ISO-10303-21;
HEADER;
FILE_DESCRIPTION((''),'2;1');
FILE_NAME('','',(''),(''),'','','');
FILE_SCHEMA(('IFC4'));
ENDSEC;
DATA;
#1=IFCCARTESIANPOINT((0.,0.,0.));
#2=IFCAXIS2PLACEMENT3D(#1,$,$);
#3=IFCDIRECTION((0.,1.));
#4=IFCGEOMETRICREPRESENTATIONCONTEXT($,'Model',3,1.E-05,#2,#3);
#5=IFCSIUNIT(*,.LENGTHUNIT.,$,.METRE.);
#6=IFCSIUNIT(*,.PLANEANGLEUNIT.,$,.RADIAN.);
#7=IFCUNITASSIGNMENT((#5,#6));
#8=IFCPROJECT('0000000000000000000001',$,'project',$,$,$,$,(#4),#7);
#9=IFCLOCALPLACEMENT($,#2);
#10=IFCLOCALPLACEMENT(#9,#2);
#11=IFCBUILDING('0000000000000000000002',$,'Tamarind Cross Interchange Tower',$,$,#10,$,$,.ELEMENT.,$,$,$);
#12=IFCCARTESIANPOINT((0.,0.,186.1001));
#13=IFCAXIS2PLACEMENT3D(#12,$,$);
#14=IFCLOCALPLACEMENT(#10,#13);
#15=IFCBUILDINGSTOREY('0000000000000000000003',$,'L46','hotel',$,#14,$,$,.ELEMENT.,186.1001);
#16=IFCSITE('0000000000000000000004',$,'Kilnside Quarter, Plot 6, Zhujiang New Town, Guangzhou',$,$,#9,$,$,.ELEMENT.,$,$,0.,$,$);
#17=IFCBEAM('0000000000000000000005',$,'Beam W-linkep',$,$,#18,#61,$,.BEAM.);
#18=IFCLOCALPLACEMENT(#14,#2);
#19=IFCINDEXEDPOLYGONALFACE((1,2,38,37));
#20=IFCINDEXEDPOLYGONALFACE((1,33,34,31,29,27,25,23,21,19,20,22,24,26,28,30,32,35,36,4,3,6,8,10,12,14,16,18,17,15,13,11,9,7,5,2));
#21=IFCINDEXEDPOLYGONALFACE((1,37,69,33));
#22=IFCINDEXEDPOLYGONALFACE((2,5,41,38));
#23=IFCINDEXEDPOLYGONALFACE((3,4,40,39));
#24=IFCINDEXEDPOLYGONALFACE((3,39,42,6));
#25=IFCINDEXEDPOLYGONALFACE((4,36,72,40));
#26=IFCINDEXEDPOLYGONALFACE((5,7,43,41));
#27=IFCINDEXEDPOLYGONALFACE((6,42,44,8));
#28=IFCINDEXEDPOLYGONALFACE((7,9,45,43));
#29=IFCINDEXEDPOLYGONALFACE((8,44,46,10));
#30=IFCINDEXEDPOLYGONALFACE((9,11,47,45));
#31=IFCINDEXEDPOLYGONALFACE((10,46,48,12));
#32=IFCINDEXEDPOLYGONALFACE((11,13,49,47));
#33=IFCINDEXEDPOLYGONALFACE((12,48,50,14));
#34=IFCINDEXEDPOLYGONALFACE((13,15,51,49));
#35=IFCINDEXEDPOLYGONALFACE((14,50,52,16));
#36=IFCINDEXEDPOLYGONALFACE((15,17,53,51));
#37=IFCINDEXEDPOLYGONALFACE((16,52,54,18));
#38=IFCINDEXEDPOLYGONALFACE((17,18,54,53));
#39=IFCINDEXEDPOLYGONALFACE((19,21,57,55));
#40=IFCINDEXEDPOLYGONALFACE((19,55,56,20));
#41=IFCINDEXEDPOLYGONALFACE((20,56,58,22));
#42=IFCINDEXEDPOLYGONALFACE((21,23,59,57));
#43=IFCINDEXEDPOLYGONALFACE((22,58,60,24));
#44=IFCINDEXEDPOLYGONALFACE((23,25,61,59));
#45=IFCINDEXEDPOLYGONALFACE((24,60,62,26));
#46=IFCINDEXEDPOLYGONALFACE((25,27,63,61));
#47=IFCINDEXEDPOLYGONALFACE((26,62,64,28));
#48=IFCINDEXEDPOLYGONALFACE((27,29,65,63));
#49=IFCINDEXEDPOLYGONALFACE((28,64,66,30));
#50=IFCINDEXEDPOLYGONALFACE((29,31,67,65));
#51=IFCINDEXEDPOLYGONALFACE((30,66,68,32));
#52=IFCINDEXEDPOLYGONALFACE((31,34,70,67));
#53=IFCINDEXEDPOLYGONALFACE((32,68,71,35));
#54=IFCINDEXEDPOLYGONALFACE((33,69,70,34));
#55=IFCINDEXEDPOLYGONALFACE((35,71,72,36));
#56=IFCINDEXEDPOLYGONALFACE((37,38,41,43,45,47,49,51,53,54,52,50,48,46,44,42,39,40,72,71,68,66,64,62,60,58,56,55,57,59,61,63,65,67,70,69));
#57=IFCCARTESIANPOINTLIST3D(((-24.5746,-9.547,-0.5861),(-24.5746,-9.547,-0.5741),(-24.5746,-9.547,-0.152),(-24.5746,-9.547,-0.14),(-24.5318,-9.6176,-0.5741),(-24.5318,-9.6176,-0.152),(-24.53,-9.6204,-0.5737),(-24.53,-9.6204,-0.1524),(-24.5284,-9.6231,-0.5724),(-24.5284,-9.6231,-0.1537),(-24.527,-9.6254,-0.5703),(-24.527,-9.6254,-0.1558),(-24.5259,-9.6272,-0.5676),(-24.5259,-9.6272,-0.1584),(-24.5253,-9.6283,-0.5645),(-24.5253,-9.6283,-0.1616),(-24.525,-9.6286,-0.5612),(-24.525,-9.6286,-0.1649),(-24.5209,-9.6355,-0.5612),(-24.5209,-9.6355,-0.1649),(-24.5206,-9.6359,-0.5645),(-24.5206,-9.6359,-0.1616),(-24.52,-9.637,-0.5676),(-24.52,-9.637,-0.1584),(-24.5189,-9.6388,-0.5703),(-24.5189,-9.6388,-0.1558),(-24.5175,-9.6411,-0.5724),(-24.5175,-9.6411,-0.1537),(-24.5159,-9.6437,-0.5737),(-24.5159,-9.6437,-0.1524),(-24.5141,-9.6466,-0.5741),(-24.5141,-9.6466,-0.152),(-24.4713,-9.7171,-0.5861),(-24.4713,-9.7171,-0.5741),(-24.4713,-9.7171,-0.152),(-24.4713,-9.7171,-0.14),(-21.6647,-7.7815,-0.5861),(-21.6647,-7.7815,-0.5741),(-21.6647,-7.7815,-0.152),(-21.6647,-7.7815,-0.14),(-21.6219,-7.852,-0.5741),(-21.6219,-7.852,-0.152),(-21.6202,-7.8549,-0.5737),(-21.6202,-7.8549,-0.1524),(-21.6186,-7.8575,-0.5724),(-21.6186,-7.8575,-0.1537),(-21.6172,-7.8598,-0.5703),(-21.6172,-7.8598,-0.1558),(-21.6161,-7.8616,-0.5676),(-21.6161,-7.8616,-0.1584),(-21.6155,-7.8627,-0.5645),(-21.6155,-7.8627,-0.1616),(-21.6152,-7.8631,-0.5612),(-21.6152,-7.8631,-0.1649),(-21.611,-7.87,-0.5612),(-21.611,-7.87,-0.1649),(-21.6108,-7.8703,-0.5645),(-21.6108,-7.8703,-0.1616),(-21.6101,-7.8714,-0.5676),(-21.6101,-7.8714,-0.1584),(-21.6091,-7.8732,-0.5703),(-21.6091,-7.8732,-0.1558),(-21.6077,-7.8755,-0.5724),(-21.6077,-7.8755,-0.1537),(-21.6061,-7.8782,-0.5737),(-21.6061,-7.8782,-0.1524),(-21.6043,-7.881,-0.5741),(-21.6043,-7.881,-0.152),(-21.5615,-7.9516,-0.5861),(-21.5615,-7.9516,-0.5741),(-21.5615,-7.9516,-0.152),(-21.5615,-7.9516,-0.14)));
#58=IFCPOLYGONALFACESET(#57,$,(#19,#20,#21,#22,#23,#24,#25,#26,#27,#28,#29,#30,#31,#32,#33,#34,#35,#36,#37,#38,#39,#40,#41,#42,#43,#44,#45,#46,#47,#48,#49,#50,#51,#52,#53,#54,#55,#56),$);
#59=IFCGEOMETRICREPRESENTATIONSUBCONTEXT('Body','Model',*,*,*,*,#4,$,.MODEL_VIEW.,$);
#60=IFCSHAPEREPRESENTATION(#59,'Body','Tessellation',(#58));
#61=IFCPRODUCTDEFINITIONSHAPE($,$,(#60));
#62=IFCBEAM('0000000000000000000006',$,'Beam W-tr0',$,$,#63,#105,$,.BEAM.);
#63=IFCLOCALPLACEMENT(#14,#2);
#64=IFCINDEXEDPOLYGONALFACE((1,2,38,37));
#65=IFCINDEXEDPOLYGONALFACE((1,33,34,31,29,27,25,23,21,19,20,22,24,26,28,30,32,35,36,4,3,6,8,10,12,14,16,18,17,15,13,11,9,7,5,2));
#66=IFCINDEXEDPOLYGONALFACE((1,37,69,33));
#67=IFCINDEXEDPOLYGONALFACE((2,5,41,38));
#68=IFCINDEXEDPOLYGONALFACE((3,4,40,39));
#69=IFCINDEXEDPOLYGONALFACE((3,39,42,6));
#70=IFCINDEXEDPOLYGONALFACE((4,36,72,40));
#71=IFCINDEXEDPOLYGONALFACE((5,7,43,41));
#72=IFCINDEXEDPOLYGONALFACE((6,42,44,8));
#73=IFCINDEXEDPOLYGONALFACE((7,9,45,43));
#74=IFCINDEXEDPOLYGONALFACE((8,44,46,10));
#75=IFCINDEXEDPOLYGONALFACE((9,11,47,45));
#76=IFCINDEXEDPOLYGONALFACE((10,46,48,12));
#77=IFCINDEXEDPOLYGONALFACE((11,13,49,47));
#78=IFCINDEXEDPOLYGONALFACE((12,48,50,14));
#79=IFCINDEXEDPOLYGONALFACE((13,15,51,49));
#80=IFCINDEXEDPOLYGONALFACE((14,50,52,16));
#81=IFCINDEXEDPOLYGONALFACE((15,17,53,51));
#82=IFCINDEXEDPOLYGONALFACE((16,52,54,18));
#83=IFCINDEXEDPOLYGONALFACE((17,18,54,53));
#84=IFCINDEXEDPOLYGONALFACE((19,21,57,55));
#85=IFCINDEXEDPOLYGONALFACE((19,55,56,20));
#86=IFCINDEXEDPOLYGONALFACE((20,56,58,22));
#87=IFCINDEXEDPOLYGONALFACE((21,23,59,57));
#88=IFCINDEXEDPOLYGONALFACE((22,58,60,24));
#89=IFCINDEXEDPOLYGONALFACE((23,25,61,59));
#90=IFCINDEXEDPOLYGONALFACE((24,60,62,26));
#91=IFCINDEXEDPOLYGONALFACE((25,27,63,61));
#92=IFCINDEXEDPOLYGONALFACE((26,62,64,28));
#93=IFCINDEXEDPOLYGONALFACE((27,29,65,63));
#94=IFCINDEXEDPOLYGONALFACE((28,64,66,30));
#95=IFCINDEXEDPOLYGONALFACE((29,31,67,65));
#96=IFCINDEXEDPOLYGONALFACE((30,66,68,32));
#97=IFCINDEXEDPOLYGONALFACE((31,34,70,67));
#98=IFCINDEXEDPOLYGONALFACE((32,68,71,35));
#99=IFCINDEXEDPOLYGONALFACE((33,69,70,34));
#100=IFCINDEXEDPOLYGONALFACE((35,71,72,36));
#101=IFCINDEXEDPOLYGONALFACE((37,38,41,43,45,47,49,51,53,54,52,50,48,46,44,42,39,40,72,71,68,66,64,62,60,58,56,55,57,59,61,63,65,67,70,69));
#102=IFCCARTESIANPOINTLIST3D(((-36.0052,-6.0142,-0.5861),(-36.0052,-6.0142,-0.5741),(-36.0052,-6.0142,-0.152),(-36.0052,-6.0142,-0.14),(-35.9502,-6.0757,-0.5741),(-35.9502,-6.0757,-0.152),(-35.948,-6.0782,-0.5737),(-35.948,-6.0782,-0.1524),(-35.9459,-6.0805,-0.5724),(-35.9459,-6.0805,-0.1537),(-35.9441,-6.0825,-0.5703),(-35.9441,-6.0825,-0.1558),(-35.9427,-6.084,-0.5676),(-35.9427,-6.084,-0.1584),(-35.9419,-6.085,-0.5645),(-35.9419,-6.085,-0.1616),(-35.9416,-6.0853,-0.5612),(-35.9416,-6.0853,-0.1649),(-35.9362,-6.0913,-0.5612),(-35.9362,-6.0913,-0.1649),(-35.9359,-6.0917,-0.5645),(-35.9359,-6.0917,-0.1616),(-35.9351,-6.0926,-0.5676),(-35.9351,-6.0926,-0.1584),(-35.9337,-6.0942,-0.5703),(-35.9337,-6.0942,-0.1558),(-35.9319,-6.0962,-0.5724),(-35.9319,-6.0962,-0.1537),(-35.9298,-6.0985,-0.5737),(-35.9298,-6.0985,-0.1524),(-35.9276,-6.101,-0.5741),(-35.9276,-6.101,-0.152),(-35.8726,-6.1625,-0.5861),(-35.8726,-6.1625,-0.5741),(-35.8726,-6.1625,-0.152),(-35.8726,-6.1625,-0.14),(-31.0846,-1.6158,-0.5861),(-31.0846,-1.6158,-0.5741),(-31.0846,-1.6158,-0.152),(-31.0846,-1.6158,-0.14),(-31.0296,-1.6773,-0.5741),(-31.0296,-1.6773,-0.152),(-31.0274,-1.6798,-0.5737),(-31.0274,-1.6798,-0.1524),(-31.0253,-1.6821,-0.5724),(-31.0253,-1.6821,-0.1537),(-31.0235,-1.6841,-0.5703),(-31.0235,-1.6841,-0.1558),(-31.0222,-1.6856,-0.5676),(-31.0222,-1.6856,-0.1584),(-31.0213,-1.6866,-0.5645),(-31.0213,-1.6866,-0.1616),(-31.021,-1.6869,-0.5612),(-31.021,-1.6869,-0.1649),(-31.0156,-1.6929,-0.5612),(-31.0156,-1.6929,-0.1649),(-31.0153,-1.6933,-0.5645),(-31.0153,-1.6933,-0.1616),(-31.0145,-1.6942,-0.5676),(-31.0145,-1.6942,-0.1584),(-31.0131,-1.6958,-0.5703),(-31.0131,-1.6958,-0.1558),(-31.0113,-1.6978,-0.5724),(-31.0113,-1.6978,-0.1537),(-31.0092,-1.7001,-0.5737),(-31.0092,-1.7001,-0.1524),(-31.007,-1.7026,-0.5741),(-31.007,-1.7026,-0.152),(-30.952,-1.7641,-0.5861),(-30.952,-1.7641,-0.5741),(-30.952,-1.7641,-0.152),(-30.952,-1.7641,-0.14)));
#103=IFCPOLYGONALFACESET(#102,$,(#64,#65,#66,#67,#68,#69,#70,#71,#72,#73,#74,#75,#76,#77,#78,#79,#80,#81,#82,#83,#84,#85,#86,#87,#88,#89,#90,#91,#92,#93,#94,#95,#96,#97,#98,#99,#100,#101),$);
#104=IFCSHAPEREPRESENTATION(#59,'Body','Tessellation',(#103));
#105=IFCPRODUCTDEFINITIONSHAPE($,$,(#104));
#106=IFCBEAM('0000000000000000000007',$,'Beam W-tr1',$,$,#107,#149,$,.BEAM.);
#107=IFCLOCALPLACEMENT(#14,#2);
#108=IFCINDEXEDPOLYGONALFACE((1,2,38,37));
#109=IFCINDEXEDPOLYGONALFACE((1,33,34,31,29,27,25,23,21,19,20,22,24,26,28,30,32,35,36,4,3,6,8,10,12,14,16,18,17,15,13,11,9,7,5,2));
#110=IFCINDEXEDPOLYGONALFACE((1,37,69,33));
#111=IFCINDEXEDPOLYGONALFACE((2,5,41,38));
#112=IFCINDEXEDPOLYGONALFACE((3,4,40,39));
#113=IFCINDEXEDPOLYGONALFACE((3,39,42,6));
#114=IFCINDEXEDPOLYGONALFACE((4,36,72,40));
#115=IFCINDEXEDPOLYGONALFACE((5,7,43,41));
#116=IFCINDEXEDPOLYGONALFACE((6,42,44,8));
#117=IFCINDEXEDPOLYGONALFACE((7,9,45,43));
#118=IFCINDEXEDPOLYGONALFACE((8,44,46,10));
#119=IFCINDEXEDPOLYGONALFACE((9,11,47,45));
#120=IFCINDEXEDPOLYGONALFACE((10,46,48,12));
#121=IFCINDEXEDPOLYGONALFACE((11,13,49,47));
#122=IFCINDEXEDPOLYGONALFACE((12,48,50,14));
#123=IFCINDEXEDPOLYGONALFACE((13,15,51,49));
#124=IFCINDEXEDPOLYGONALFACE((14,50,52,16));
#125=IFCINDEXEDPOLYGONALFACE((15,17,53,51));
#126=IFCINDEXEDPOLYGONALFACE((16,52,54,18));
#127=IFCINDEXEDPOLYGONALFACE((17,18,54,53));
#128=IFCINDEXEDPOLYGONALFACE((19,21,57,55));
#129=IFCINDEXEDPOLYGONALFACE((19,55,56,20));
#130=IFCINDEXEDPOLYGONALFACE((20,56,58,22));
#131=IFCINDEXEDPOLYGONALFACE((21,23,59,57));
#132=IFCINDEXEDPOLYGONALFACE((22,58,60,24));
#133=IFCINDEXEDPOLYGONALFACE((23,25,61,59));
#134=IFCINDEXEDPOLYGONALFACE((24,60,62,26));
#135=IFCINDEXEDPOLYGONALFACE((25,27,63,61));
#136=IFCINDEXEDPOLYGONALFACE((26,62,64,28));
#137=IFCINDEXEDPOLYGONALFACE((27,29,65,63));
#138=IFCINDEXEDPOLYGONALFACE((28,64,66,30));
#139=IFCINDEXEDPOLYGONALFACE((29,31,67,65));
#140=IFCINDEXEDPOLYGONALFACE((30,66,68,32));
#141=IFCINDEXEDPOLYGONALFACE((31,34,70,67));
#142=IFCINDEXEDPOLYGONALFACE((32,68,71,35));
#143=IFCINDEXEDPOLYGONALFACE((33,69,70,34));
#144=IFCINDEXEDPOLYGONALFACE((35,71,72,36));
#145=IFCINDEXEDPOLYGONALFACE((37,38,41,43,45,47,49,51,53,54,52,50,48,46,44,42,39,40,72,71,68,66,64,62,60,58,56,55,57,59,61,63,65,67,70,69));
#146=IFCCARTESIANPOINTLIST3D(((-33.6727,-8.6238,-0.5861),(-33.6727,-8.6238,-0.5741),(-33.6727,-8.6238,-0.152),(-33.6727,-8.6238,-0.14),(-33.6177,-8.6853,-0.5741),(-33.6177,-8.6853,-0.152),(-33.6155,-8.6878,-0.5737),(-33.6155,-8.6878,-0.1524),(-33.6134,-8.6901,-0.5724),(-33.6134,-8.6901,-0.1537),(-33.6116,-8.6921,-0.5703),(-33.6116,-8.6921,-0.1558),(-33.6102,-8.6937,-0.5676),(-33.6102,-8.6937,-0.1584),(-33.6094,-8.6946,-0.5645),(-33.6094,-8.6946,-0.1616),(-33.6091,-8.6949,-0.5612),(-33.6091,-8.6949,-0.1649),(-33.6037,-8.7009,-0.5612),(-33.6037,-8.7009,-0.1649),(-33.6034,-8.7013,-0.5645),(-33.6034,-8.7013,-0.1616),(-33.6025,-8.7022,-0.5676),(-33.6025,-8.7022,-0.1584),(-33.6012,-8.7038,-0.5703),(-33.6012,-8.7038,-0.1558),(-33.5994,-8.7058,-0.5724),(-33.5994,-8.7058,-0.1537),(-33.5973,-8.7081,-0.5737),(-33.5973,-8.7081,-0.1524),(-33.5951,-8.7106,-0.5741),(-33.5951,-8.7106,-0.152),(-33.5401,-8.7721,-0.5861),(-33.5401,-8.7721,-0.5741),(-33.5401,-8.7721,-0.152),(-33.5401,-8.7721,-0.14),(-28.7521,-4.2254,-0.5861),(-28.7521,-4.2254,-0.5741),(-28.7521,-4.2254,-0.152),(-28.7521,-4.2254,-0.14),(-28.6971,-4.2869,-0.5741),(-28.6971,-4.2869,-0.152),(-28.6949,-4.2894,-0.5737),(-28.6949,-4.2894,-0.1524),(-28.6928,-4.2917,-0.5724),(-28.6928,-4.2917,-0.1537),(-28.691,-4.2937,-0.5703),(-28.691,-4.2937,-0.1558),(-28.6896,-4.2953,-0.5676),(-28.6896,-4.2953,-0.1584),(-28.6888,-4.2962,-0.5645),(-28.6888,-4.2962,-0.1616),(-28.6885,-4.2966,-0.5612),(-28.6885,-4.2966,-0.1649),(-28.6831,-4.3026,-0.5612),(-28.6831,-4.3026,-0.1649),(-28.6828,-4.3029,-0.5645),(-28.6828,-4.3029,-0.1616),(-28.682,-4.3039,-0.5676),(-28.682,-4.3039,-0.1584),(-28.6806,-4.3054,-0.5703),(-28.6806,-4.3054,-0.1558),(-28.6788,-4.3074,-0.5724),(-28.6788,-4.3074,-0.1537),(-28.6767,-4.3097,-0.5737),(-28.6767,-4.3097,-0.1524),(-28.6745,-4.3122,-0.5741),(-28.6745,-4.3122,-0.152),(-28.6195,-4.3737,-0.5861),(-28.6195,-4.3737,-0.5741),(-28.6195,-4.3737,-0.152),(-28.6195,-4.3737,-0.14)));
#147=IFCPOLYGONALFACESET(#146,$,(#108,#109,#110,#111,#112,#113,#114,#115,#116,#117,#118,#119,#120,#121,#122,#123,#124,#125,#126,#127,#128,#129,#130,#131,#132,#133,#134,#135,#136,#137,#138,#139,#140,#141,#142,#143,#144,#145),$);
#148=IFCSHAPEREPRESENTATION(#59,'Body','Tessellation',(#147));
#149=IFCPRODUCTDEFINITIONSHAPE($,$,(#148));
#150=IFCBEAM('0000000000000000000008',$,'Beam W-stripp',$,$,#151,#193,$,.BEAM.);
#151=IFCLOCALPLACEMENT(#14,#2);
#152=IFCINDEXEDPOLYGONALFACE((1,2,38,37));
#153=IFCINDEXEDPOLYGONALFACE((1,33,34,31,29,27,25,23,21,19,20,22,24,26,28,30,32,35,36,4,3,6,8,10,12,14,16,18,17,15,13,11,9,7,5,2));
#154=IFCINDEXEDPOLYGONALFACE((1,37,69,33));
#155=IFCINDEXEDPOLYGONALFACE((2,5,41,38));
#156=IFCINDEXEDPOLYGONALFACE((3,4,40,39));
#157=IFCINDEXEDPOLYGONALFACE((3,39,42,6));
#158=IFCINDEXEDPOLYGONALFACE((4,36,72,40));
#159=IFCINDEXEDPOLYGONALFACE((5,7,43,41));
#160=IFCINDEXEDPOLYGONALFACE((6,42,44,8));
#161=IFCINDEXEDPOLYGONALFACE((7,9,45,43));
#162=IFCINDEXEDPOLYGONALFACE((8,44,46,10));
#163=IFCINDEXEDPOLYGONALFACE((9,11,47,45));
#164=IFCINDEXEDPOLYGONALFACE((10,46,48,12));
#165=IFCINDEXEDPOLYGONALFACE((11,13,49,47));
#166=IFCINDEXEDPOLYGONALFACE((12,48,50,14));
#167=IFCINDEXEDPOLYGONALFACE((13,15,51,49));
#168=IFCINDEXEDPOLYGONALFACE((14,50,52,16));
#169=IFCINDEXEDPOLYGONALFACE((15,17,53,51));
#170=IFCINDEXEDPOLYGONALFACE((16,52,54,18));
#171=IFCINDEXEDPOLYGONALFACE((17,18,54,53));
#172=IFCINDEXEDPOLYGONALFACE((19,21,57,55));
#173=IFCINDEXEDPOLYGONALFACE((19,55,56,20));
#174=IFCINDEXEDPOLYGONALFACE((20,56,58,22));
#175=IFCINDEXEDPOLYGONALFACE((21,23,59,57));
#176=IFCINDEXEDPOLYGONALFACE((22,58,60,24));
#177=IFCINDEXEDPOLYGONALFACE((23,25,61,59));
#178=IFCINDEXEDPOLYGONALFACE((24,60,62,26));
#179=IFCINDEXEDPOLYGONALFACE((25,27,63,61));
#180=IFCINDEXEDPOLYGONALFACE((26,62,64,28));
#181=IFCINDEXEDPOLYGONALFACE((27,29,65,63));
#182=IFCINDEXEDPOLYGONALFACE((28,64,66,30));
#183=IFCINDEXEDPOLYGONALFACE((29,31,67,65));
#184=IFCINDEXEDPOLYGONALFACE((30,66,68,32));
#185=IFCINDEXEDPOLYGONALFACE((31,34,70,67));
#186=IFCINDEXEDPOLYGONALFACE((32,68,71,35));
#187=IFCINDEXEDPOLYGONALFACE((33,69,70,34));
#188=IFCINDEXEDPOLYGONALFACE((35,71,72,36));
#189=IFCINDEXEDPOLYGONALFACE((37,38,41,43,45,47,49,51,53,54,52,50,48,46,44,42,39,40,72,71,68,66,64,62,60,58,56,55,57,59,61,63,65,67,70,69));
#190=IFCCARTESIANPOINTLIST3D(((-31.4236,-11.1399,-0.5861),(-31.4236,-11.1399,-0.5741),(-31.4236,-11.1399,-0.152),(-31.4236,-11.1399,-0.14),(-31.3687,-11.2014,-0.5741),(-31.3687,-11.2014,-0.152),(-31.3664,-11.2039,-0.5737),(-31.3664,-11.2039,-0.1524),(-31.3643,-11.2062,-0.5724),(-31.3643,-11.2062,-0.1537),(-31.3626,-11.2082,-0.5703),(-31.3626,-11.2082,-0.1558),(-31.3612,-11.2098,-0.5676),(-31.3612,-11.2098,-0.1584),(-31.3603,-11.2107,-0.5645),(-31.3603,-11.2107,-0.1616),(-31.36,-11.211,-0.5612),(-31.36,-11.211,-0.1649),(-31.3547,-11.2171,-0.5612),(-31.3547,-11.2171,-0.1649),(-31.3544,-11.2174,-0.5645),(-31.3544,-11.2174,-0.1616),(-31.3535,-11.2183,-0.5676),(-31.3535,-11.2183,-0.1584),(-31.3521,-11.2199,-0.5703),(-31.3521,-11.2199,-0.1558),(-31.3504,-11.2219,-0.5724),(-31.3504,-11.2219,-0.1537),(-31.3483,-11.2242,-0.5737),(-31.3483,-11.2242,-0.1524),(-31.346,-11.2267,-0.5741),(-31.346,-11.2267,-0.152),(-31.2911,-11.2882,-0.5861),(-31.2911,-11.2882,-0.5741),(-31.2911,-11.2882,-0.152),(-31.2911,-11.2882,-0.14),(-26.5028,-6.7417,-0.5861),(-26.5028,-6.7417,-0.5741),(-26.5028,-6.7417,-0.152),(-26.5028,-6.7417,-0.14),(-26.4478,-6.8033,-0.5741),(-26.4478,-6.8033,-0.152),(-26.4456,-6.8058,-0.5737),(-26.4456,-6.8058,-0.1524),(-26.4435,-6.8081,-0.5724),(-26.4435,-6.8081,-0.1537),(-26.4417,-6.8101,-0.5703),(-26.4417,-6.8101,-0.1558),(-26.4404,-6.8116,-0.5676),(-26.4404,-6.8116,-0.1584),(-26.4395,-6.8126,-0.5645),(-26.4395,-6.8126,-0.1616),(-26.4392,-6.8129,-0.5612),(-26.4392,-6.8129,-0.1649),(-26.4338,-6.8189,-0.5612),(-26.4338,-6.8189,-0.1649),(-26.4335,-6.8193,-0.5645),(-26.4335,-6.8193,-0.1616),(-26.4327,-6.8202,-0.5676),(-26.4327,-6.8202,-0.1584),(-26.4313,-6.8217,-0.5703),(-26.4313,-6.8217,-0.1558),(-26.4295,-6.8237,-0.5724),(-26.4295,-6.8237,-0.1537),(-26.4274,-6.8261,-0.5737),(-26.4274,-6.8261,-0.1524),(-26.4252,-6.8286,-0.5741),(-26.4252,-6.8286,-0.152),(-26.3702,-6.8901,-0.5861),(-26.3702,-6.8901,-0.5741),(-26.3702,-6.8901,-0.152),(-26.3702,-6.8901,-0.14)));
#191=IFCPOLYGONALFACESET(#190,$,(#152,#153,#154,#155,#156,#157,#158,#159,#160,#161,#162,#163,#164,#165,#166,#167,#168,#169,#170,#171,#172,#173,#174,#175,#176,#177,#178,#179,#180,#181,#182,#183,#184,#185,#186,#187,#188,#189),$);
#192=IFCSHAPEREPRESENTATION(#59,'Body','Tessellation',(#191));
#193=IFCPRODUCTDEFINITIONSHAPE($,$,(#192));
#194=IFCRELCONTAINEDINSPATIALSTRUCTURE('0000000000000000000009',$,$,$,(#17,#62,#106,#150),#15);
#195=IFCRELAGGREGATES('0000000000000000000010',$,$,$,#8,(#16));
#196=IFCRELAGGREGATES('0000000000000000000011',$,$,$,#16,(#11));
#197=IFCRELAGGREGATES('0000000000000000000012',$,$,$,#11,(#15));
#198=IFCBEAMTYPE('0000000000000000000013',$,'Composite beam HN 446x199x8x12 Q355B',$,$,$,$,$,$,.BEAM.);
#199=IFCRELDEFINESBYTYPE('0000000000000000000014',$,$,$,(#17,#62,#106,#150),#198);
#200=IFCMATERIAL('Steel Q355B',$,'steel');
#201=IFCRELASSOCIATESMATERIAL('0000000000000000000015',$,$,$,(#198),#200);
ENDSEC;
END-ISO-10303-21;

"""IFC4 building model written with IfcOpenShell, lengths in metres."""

from ifc_helpers import new_model, si_unit, direction, frame, origin, origin_2d, place, context, subcontext, project, spatial, i_section, extrude, material, material_profile, profile_set, type_object, element, save


model = new_model("IFC4")

# Units and contexts
model_context = context("Model", 3, precision=1e-05, world=origin(), true_north=direction((0.0, 1.0)))
body_context = subcontext(model_context, "Body", "Model", "MODEL_VIEW")
ifc_project = project(units=[si_unit("LENGTHUNIT", "METRE"), si_unit("PLANEANGLEUNIT", "RADIAN")], contexts=[model_context])

# Site, building, storey
site_placement = place(None, origin())
site = spatial("IfcSite", under=ifc_project, at=site_placement, Name="Kilnside Quarter, Plot 6, Zhujiang New Town, Guangzhou", CompositionType="ELEMENT", RefElevation=0.0)
building_placement = place(site_placement, origin())
building = spatial("IfcBuilding", under=site, at=building_placement, Name="Tamarind Cross Interchange Tower", CompositionType="ELEMENT")
storey_placement = place(building_placement, frame((0.0, 0.0, 186.1001)))
storey = spatial("IfcBuildingStorey", under=building, at=storey_placement, Name="L46", Description="hotel", CompositionType="ELEMENT", Elevation=186.1001)

# Beams
ifc_material_1 = material(Name="Steel Q355B", Category="steel")
ifc_material_profile_1 = material_profile(ifc_material_1, i_section(OverallWidth=0.199, OverallDepth=0.446, WebThickness=0.0081, FlangeThickness=0.012, FilletRadius=0.0129, at=origin_2d()), Name="HN 446x199x8x12")
ifc_profile_set_1 = profile_set([ifc_material_profile_1], Name="Steel Q355B")
beam_type_1 = type_object("IfcBeamType", Name="Composite beam HN 446x199x8x12 Q355B", PredefinedType="BEAM", material=ifc_profile_set_1)
beam_1_placement = place(storey_placement, frame((-24.5229, -9.6321, -0.363), z_axis=(0.854932, 0.51874, 0.0), x_axis=(-0.51874, 0.854932, 0.0)))
element("IfcBeam", 1, at=beam_1_placement, inside=storey, type_object=beam_type_1, Name="Beam W-linkep", PredefinedType="BEAM", context=body_context, shape_type="SweptSolid", body=[
    extrude(i_section(OverallWidth=0.199, OverallDepth=0.446, WebThickness=0.0081, FlangeThickness=0.012, FilletRadius=0.0129, at=origin_2d()), origin(), (0.0, 0.0, 1.0), 3.4036),
])
for number, where, z_axis, x_axis, name in (
    (2, (-31.0183, -1.6899, -0.363), (-0.745561, -0.666437, 0.0), (0.666437, -0.745561, 0.0), "Beam W-tr0"),
    (3, (-28.6858, -4.2996, -0.363), (-0.745561, -0.666437, 0.0), (0.666437, -0.745561, 0.0), "Beam W-tr1"),
    (4, (-26.4365, -6.8159, -0.363), (-0.745596, -0.666398, 0.0), (0.666398, -0.745596, 0.0), "Beam W-stripp"),
):
    element("IfcBeam", number, at=place(storey_placement, frame(where, z_axis=z_axis, x_axis=x_axis)), inside=storey, type_object=beam_type_1, Name=name, PredefinedType="BEAM", context=body_context, shape_type="SweptSolid", body=[
        extrude(i_section(OverallWidth=0.199, OverallDepth=0.446, WebThickness=0.0081, FlangeThickness=0.012, FilletRadius=0.0129, at=origin_2d()), origin(), (0.0, 0.0, 1.0), 6.5999),
    ])

save(model, "model.ifc")
